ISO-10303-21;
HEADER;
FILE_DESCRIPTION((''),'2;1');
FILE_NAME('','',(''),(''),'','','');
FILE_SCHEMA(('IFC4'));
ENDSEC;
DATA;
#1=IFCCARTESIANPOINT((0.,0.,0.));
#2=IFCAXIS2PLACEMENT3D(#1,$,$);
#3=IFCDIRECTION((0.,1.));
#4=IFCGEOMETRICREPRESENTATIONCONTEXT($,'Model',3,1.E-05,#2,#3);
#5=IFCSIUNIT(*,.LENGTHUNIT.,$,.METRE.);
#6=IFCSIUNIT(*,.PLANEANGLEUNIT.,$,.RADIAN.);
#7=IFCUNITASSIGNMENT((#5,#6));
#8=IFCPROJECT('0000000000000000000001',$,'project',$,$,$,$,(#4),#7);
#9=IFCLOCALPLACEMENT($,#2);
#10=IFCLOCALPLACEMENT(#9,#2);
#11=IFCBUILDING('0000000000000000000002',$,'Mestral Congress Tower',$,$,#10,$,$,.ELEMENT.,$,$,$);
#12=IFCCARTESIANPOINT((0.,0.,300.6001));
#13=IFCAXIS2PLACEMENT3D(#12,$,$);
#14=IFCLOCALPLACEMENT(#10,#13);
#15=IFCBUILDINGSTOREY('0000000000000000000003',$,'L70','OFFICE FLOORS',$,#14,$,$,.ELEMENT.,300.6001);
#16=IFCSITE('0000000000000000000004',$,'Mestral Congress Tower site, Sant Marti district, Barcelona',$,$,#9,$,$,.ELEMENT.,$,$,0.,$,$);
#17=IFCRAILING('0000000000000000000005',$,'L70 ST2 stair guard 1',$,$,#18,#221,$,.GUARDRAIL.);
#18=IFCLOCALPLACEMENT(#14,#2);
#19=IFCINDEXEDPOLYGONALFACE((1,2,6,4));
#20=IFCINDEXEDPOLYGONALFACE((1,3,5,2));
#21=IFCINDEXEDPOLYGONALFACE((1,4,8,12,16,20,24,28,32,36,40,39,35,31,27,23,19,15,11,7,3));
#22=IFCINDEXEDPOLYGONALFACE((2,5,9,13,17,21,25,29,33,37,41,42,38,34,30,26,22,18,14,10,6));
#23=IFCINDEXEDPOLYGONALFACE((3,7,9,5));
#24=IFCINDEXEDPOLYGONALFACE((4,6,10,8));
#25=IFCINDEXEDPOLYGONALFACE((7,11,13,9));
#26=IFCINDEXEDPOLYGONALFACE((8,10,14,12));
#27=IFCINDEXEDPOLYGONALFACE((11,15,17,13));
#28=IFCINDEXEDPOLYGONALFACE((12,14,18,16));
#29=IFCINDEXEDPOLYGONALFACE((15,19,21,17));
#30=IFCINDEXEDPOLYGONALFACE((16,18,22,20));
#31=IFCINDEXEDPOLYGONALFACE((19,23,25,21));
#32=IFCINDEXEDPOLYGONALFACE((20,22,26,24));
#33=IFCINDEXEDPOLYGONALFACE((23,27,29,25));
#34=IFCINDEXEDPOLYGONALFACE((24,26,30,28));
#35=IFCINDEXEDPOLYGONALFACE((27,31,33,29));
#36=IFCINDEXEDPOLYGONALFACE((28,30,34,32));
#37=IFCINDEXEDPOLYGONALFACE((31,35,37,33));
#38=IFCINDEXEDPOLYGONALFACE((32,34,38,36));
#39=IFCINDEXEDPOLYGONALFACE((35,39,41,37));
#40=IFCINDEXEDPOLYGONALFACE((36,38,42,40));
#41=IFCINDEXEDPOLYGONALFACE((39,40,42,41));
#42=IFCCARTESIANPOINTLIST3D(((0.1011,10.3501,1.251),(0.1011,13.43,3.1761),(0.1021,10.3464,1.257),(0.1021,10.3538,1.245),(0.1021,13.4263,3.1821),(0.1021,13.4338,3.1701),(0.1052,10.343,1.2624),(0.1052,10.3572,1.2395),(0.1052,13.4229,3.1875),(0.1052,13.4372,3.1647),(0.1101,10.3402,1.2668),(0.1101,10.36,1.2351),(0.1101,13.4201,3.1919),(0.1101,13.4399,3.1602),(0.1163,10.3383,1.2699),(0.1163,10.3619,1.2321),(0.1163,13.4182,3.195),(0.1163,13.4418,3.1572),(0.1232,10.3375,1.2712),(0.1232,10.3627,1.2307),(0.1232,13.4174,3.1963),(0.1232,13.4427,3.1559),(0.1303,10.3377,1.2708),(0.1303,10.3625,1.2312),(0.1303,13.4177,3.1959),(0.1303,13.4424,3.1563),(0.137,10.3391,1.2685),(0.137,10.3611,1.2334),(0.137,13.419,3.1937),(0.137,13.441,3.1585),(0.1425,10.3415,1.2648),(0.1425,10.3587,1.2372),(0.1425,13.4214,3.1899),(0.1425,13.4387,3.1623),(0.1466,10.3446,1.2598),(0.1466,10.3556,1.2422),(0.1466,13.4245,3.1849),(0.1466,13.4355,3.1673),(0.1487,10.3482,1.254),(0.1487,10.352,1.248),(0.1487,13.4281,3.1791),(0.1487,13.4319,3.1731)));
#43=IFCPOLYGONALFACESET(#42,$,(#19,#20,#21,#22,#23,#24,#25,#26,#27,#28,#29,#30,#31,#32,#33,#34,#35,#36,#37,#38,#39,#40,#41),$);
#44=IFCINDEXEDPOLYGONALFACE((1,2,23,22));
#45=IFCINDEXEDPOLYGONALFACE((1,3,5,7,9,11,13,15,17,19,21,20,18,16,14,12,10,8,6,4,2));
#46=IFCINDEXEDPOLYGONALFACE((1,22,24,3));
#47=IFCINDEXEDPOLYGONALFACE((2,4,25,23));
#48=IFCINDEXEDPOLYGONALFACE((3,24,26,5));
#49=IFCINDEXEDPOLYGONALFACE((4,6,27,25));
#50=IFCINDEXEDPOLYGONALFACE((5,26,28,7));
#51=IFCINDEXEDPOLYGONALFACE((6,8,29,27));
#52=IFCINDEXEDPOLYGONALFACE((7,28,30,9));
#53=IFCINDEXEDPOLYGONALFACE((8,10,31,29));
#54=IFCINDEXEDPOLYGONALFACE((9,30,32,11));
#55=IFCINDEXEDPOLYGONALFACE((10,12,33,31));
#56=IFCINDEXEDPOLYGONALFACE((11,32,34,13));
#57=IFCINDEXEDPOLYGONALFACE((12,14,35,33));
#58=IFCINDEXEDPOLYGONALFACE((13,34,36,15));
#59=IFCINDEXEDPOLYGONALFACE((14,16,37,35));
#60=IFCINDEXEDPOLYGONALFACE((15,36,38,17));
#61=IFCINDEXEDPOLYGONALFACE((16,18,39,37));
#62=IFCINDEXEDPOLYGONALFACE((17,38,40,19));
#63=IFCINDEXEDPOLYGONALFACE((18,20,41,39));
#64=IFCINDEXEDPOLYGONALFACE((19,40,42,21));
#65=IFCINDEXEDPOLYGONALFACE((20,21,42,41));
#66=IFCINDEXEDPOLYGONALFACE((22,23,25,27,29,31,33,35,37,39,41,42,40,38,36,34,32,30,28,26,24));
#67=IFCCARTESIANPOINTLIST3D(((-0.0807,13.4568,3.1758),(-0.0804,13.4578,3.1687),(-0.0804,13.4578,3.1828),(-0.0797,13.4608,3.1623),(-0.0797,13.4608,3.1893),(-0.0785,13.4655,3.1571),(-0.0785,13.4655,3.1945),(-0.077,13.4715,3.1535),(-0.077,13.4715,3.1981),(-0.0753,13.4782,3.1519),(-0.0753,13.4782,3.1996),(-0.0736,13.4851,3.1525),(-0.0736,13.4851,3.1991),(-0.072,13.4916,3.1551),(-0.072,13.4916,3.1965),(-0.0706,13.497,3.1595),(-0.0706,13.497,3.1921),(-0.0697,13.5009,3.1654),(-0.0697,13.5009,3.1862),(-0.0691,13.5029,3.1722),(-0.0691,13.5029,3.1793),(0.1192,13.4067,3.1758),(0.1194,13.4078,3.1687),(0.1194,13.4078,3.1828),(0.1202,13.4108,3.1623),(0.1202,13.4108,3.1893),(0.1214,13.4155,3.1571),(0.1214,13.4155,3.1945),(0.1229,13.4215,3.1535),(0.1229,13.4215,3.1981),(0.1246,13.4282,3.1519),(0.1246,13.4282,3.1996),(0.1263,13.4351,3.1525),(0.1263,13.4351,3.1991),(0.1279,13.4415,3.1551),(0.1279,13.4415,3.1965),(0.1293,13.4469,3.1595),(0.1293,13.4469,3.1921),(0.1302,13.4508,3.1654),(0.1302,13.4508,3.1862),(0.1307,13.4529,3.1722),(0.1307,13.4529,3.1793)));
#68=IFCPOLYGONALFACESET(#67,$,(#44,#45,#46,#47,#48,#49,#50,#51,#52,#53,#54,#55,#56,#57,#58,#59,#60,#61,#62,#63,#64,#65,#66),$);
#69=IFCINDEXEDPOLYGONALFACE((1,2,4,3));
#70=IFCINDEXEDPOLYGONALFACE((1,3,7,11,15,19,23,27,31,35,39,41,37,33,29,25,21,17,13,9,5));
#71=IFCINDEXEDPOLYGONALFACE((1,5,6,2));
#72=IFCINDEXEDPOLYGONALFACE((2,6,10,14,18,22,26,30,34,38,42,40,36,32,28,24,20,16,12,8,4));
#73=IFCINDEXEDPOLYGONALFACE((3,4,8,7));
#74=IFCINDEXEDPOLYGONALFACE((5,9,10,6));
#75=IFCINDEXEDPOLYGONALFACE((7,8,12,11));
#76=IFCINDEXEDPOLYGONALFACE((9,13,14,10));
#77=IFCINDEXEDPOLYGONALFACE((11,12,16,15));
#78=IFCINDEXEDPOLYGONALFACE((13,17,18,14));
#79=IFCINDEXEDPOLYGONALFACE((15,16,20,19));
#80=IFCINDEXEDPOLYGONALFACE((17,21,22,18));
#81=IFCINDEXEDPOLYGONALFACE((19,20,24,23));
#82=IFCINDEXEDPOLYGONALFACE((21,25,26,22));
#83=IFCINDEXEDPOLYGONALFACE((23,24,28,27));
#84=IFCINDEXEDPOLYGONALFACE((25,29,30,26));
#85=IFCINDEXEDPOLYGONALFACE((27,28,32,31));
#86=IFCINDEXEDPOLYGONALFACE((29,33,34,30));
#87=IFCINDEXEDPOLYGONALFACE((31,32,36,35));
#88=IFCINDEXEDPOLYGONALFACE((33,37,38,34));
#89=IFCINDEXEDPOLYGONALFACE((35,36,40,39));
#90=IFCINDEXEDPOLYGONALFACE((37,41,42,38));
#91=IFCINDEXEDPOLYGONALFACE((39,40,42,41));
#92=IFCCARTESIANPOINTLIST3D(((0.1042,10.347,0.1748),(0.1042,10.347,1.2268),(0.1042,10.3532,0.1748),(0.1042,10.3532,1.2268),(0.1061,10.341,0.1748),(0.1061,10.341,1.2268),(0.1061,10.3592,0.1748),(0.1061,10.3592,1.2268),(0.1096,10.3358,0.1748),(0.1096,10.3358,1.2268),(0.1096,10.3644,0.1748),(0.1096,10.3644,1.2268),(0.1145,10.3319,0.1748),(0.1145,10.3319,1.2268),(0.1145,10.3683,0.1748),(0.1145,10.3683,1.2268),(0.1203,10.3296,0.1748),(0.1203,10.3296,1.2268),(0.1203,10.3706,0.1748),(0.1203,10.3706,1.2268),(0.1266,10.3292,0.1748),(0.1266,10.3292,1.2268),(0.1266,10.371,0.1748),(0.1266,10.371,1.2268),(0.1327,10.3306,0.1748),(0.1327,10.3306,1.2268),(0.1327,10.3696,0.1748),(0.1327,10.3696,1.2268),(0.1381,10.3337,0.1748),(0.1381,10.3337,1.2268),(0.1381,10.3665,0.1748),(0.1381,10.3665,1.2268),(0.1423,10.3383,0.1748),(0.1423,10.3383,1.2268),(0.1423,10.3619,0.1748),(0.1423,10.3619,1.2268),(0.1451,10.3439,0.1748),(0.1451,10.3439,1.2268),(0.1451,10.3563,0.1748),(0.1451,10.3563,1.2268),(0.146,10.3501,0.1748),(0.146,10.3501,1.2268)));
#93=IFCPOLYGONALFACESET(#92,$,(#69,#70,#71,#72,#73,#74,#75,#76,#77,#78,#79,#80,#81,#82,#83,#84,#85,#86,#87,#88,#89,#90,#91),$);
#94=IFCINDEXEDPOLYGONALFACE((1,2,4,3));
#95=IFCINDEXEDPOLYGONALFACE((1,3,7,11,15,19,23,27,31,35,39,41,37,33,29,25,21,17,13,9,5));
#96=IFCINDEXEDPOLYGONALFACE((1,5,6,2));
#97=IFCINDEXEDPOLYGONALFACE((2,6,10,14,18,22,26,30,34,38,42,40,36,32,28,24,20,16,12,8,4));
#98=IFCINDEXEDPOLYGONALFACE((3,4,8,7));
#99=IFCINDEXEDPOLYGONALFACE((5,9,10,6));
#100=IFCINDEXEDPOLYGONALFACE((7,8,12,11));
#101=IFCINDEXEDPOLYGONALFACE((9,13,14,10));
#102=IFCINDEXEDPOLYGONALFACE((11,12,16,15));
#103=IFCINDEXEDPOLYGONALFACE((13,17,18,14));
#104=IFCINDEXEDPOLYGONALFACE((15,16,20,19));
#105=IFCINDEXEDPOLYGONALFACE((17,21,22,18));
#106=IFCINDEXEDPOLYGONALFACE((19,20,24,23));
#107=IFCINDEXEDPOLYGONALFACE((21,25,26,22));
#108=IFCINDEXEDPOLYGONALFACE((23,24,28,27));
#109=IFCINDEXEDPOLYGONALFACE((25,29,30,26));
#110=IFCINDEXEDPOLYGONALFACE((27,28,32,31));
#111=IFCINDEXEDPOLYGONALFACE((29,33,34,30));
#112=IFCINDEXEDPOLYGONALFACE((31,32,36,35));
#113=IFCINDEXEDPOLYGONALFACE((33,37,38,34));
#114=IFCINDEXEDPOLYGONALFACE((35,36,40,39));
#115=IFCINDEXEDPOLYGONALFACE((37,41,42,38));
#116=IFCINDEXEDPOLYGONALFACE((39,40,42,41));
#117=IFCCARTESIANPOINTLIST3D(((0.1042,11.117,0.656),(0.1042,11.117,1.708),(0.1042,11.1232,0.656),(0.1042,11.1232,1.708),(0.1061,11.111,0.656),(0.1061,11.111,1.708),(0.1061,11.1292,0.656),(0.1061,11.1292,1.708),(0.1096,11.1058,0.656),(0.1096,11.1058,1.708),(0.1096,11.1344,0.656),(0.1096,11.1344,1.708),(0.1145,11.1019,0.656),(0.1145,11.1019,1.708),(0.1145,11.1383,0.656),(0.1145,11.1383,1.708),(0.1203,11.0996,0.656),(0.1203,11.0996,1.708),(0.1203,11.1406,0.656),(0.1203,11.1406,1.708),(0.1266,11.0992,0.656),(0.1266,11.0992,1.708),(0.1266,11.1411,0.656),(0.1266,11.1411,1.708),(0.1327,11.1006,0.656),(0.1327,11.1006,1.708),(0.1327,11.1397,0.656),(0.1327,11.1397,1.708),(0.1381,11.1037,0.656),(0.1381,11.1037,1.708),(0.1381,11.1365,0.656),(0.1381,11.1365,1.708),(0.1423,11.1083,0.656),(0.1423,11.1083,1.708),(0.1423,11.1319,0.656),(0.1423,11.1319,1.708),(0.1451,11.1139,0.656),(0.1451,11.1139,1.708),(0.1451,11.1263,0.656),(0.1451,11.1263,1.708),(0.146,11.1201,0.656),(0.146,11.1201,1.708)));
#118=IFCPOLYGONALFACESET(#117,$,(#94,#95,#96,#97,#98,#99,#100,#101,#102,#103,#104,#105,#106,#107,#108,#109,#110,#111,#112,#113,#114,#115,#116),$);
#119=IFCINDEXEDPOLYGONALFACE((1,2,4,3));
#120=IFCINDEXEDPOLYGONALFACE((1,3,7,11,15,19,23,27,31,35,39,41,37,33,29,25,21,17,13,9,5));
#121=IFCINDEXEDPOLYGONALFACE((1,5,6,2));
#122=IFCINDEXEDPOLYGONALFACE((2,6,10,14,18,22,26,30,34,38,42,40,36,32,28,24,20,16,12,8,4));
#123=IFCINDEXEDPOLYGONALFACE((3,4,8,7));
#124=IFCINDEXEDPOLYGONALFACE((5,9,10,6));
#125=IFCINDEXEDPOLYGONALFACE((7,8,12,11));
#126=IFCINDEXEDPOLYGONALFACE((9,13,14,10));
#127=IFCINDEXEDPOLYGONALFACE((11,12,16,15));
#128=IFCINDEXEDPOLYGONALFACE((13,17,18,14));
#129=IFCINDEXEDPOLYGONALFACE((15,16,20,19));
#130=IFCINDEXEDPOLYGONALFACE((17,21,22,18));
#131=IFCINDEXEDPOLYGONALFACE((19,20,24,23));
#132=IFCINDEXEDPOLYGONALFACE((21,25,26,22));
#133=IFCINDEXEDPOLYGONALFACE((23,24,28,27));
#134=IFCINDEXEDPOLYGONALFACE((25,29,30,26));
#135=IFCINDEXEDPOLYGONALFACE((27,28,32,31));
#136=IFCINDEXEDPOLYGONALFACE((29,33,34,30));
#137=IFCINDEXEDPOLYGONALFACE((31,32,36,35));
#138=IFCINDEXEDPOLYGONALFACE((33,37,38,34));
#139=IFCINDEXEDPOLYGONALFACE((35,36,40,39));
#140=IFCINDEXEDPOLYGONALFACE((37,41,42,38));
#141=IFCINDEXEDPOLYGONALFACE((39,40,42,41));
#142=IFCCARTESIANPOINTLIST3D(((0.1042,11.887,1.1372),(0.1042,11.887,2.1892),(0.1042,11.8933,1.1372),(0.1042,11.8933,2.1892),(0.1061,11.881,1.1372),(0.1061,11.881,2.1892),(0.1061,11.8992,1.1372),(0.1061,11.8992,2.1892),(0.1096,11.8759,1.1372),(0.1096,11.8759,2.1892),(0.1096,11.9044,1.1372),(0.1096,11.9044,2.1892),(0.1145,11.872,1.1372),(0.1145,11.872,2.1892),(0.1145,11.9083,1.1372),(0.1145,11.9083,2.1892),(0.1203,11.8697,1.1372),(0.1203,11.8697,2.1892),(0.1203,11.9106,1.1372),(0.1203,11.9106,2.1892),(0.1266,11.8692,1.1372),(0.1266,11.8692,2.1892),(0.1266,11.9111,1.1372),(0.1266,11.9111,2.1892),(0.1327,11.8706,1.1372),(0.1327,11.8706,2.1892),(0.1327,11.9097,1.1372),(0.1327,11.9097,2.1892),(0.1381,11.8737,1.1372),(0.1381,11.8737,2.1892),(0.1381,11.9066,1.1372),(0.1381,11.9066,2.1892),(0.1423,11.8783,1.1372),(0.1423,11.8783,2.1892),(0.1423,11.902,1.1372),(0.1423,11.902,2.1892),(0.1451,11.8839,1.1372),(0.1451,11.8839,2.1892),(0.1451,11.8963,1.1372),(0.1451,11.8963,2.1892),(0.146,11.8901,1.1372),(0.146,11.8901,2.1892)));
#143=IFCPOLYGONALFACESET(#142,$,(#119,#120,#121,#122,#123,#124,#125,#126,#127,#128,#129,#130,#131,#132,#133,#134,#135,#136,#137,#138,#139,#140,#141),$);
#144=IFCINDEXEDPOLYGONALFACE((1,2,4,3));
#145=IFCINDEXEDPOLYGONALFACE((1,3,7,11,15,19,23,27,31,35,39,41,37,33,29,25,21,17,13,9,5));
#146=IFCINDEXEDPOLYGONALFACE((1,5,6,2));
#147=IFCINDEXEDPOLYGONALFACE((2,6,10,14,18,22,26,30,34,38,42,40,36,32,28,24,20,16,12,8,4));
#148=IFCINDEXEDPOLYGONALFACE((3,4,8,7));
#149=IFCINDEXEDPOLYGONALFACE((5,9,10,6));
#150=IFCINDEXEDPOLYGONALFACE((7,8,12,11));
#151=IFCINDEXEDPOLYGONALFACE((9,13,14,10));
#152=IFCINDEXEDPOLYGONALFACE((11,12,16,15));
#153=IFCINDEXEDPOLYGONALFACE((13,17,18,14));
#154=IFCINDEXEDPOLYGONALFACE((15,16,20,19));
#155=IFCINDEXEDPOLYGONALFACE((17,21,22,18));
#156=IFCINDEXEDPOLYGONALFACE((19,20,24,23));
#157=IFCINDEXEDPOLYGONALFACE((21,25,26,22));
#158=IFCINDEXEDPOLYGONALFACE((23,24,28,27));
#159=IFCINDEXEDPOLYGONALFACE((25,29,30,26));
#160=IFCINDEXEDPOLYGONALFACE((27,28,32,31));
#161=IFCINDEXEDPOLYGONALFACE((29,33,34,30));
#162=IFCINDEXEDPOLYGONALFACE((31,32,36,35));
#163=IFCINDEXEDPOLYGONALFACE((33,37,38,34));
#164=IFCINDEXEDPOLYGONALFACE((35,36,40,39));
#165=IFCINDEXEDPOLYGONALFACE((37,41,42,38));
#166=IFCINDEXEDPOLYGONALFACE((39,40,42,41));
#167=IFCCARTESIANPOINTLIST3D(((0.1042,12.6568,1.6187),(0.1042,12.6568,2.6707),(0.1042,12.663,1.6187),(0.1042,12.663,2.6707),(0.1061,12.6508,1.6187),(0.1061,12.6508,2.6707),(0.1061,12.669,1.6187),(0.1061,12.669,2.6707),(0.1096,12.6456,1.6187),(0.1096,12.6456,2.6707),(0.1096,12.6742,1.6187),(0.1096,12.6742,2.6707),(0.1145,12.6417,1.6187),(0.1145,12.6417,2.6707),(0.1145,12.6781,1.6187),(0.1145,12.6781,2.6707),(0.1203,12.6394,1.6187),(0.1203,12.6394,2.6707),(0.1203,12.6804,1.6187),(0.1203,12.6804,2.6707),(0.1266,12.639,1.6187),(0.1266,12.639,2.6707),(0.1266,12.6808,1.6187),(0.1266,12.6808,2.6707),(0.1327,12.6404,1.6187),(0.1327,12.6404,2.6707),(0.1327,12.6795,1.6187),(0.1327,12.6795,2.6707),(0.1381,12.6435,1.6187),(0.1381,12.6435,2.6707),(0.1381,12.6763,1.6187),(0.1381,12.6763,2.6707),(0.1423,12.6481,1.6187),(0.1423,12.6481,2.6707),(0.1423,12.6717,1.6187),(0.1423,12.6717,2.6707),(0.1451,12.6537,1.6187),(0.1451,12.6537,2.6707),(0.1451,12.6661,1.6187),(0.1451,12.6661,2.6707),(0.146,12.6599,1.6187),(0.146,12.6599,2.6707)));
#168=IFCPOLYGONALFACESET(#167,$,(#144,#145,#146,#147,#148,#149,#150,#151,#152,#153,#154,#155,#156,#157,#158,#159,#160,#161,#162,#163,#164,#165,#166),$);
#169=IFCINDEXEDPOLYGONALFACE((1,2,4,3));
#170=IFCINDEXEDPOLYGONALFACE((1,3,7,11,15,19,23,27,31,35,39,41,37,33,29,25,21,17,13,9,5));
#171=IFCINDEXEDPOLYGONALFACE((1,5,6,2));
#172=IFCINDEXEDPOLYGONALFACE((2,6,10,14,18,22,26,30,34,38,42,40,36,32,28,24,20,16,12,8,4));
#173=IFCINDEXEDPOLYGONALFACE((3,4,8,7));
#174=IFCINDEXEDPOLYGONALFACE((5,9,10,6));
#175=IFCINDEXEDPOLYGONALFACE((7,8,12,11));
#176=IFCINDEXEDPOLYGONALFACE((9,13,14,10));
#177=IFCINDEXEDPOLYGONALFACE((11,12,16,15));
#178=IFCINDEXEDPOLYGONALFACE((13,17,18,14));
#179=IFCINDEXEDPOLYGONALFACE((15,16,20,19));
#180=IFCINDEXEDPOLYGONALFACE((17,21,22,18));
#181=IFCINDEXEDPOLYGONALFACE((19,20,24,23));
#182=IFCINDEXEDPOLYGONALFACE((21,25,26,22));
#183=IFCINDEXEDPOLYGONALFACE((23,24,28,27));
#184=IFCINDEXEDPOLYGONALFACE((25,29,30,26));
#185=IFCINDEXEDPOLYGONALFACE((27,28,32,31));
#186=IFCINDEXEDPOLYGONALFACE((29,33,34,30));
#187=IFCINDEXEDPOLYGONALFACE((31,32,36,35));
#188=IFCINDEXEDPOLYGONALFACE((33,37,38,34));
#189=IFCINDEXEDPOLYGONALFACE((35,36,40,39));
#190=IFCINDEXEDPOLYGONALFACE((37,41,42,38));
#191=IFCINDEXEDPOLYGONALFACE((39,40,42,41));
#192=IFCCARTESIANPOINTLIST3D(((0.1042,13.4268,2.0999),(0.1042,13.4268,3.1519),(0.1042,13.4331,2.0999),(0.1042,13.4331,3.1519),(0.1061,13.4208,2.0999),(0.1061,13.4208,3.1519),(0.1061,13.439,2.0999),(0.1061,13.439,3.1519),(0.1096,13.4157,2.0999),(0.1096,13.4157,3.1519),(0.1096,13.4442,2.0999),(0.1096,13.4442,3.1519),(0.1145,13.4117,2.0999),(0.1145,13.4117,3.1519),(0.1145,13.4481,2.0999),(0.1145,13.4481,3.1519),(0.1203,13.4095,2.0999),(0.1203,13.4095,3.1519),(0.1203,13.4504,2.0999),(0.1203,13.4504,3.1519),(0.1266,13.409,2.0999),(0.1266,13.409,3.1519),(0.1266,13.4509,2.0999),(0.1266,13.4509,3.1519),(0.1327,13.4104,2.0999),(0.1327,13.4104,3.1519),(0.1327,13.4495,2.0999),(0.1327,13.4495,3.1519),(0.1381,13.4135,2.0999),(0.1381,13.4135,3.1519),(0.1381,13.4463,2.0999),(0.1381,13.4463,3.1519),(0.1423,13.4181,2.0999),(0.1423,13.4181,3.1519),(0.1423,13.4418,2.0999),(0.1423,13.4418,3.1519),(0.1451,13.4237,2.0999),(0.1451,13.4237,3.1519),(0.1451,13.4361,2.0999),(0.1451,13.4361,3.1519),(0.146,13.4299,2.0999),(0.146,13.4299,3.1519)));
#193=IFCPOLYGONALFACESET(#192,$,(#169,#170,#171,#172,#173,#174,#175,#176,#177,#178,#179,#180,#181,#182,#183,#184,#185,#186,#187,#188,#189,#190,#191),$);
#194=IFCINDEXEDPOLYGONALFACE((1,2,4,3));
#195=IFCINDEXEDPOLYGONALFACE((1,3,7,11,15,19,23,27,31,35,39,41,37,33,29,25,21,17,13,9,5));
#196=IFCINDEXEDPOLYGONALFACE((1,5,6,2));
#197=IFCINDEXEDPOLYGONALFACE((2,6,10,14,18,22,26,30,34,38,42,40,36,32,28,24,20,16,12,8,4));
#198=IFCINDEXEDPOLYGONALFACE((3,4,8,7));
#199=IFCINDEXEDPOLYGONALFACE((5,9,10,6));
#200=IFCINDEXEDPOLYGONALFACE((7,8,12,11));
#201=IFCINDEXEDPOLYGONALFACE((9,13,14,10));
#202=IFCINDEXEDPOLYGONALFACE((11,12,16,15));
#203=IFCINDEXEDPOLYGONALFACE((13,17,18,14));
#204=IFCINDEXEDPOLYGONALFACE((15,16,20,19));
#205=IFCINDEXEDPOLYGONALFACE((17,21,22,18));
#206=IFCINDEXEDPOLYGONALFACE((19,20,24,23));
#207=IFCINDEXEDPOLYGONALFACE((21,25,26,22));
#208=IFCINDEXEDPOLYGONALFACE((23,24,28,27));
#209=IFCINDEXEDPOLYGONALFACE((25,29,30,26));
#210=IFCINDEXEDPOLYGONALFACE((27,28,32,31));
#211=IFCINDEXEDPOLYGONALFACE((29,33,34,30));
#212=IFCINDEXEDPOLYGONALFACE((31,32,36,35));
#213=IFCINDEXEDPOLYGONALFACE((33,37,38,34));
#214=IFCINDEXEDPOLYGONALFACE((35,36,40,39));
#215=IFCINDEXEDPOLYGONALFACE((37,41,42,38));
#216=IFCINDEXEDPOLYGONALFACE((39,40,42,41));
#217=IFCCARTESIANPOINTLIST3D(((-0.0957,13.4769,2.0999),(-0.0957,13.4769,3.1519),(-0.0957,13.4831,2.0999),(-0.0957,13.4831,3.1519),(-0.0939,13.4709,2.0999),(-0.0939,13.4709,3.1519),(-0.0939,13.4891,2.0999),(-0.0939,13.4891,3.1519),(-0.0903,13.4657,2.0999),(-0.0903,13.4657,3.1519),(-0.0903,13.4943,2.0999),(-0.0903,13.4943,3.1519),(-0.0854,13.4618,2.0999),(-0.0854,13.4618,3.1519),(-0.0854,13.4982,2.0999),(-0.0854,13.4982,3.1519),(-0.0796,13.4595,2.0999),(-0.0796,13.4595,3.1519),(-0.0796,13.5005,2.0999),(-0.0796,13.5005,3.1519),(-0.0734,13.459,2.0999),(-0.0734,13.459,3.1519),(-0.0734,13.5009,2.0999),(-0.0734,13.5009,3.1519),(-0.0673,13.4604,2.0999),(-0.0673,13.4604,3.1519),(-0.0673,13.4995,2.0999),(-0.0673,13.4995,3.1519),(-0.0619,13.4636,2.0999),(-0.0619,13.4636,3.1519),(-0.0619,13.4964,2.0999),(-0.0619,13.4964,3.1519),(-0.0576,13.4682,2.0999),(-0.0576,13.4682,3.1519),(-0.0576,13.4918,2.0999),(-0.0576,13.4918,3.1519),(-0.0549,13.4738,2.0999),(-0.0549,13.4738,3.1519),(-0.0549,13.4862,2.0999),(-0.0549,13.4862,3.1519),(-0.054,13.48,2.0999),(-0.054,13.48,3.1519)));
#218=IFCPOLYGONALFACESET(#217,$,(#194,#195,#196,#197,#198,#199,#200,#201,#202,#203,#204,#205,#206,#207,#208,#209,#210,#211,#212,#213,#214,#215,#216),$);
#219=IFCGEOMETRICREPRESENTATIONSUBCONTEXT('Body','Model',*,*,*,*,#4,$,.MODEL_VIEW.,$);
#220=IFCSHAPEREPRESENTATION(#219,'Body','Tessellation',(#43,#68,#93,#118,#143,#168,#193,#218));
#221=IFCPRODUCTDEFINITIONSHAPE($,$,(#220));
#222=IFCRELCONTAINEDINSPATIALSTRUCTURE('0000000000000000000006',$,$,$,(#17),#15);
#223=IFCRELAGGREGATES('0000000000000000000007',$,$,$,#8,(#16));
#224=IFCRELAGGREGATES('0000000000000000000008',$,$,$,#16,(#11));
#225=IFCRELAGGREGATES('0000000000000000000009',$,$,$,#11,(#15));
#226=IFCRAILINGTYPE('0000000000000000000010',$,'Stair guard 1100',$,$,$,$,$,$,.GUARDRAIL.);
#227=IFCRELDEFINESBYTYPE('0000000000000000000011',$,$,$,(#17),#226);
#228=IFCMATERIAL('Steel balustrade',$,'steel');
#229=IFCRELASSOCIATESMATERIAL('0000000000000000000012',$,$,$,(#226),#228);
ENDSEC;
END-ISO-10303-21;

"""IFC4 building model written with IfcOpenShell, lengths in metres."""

from ifc_helpers import new_model, si_unit, direction, frame, origin, origin_2d, place, context, subcontext, project, spatial, circle, extrude, material, type_object, element, save


model = new_model("IFC4")

# Units and contexts
model_context = context("Model", 3, precision=1e-05, world=origin(), true_north=direction((0.0, 1.0)))
body_context = subcontext(model_context, "Body", "Model", "MODEL_VIEW")
ifc_project = project(units=[si_unit("LENGTHUNIT", "METRE"), si_unit("PLANEANGLEUNIT", "RADIAN")], contexts=[model_context])

# Site, building, storey
site_placement = place(None, origin())
site = spatial("IfcSite", under=ifc_project, at=site_placement, Name="Mestral Congress Tower site, Sant Marti district, Barcelona", CompositionType="ELEMENT", RefElevation=0.0)
building_placement = place(site_placement, origin())
building = spatial("IfcBuilding", under=site, at=building_placement, Name="Mestral Congress Tower", CompositionType="ELEMENT")
storey_placement = place(building_placement, frame((0.0, 0.0, 300.6001)))
storey = spatial("IfcBuildingStorey", under=building, at=storey_placement, Name="L70", Description="OFFICE FLOORS", CompositionType="ELEMENT", Elevation=300.6001)

# Railing
ifc_material_1 = material(Name="Steel balustrade", Category="steel")
railing_type_1 = type_object("IfcRailingType", Name="Stair guard 1100", PredefinedType="GUARDRAIL", material=ifc_material_1)
railing_1_placement = place(storey_placement, frame((0.125, 10.3501, 0.1748)))
element("IfcRailing", 1, at=railing_1_placement, inside=storey, type_object=railing_type_1, Name="L70 ST2 stair guard 1", PredefinedType="GUARDRAIL", context=body_context, shape_type="SweptSolid", body=[
    extrude(circle(Radius=0.0239, at=origin_2d()), frame((0.0, 0.0, 1.0762), z_axis=(0.0, 0.847979, 0.530029), x_axis=(-1.0, 0.0, 0.0)), (0.0, 0.0, 1.0), 3.6321),
    extrude(circle(Radius=0.0239, at=origin_2d()), frame((0.0, 3.0798, 3.001), z_axis=(-0.970073, 0.242814, 0.0), x_axis=(-0.242814, -0.970073, 0.0)), (0.0, 0.0, 1.0), 0.2061),
    extrude(circle(Radius=0.021, at=origin_2d()), origin(), (0.0, 0.0, 1.0), 1.052),
    extrude(circle(Radius=0.021, at=origin_2d()), frame((0.0, 0.77, 0.4812)), (0.0, 0.0, 1.0), 1.052),
    extrude(circle(Radius=0.021, at=origin_2d()), frame((0.0, 1.54, 0.9624)), (0.0, 0.0, 1.0), 1.052),
    extrude(circle(Radius=0.021, at=origin_2d()), frame((0.0, 2.3098, 1.4438)), (0.0, 0.0, 1.0), 1.052),
    extrude(circle(Radius=0.021, at=origin_2d()), frame((0.0, 3.0798, 1.925)), (0.0, 0.0, 1.0), 1.052),
    extrude(circle(Radius=0.021, at=origin_2d()), frame((-0.2, 3.1299, 1.925)), (0.0, 0.0, 1.0), 1.052),
])

save(model, "model.ifc")
